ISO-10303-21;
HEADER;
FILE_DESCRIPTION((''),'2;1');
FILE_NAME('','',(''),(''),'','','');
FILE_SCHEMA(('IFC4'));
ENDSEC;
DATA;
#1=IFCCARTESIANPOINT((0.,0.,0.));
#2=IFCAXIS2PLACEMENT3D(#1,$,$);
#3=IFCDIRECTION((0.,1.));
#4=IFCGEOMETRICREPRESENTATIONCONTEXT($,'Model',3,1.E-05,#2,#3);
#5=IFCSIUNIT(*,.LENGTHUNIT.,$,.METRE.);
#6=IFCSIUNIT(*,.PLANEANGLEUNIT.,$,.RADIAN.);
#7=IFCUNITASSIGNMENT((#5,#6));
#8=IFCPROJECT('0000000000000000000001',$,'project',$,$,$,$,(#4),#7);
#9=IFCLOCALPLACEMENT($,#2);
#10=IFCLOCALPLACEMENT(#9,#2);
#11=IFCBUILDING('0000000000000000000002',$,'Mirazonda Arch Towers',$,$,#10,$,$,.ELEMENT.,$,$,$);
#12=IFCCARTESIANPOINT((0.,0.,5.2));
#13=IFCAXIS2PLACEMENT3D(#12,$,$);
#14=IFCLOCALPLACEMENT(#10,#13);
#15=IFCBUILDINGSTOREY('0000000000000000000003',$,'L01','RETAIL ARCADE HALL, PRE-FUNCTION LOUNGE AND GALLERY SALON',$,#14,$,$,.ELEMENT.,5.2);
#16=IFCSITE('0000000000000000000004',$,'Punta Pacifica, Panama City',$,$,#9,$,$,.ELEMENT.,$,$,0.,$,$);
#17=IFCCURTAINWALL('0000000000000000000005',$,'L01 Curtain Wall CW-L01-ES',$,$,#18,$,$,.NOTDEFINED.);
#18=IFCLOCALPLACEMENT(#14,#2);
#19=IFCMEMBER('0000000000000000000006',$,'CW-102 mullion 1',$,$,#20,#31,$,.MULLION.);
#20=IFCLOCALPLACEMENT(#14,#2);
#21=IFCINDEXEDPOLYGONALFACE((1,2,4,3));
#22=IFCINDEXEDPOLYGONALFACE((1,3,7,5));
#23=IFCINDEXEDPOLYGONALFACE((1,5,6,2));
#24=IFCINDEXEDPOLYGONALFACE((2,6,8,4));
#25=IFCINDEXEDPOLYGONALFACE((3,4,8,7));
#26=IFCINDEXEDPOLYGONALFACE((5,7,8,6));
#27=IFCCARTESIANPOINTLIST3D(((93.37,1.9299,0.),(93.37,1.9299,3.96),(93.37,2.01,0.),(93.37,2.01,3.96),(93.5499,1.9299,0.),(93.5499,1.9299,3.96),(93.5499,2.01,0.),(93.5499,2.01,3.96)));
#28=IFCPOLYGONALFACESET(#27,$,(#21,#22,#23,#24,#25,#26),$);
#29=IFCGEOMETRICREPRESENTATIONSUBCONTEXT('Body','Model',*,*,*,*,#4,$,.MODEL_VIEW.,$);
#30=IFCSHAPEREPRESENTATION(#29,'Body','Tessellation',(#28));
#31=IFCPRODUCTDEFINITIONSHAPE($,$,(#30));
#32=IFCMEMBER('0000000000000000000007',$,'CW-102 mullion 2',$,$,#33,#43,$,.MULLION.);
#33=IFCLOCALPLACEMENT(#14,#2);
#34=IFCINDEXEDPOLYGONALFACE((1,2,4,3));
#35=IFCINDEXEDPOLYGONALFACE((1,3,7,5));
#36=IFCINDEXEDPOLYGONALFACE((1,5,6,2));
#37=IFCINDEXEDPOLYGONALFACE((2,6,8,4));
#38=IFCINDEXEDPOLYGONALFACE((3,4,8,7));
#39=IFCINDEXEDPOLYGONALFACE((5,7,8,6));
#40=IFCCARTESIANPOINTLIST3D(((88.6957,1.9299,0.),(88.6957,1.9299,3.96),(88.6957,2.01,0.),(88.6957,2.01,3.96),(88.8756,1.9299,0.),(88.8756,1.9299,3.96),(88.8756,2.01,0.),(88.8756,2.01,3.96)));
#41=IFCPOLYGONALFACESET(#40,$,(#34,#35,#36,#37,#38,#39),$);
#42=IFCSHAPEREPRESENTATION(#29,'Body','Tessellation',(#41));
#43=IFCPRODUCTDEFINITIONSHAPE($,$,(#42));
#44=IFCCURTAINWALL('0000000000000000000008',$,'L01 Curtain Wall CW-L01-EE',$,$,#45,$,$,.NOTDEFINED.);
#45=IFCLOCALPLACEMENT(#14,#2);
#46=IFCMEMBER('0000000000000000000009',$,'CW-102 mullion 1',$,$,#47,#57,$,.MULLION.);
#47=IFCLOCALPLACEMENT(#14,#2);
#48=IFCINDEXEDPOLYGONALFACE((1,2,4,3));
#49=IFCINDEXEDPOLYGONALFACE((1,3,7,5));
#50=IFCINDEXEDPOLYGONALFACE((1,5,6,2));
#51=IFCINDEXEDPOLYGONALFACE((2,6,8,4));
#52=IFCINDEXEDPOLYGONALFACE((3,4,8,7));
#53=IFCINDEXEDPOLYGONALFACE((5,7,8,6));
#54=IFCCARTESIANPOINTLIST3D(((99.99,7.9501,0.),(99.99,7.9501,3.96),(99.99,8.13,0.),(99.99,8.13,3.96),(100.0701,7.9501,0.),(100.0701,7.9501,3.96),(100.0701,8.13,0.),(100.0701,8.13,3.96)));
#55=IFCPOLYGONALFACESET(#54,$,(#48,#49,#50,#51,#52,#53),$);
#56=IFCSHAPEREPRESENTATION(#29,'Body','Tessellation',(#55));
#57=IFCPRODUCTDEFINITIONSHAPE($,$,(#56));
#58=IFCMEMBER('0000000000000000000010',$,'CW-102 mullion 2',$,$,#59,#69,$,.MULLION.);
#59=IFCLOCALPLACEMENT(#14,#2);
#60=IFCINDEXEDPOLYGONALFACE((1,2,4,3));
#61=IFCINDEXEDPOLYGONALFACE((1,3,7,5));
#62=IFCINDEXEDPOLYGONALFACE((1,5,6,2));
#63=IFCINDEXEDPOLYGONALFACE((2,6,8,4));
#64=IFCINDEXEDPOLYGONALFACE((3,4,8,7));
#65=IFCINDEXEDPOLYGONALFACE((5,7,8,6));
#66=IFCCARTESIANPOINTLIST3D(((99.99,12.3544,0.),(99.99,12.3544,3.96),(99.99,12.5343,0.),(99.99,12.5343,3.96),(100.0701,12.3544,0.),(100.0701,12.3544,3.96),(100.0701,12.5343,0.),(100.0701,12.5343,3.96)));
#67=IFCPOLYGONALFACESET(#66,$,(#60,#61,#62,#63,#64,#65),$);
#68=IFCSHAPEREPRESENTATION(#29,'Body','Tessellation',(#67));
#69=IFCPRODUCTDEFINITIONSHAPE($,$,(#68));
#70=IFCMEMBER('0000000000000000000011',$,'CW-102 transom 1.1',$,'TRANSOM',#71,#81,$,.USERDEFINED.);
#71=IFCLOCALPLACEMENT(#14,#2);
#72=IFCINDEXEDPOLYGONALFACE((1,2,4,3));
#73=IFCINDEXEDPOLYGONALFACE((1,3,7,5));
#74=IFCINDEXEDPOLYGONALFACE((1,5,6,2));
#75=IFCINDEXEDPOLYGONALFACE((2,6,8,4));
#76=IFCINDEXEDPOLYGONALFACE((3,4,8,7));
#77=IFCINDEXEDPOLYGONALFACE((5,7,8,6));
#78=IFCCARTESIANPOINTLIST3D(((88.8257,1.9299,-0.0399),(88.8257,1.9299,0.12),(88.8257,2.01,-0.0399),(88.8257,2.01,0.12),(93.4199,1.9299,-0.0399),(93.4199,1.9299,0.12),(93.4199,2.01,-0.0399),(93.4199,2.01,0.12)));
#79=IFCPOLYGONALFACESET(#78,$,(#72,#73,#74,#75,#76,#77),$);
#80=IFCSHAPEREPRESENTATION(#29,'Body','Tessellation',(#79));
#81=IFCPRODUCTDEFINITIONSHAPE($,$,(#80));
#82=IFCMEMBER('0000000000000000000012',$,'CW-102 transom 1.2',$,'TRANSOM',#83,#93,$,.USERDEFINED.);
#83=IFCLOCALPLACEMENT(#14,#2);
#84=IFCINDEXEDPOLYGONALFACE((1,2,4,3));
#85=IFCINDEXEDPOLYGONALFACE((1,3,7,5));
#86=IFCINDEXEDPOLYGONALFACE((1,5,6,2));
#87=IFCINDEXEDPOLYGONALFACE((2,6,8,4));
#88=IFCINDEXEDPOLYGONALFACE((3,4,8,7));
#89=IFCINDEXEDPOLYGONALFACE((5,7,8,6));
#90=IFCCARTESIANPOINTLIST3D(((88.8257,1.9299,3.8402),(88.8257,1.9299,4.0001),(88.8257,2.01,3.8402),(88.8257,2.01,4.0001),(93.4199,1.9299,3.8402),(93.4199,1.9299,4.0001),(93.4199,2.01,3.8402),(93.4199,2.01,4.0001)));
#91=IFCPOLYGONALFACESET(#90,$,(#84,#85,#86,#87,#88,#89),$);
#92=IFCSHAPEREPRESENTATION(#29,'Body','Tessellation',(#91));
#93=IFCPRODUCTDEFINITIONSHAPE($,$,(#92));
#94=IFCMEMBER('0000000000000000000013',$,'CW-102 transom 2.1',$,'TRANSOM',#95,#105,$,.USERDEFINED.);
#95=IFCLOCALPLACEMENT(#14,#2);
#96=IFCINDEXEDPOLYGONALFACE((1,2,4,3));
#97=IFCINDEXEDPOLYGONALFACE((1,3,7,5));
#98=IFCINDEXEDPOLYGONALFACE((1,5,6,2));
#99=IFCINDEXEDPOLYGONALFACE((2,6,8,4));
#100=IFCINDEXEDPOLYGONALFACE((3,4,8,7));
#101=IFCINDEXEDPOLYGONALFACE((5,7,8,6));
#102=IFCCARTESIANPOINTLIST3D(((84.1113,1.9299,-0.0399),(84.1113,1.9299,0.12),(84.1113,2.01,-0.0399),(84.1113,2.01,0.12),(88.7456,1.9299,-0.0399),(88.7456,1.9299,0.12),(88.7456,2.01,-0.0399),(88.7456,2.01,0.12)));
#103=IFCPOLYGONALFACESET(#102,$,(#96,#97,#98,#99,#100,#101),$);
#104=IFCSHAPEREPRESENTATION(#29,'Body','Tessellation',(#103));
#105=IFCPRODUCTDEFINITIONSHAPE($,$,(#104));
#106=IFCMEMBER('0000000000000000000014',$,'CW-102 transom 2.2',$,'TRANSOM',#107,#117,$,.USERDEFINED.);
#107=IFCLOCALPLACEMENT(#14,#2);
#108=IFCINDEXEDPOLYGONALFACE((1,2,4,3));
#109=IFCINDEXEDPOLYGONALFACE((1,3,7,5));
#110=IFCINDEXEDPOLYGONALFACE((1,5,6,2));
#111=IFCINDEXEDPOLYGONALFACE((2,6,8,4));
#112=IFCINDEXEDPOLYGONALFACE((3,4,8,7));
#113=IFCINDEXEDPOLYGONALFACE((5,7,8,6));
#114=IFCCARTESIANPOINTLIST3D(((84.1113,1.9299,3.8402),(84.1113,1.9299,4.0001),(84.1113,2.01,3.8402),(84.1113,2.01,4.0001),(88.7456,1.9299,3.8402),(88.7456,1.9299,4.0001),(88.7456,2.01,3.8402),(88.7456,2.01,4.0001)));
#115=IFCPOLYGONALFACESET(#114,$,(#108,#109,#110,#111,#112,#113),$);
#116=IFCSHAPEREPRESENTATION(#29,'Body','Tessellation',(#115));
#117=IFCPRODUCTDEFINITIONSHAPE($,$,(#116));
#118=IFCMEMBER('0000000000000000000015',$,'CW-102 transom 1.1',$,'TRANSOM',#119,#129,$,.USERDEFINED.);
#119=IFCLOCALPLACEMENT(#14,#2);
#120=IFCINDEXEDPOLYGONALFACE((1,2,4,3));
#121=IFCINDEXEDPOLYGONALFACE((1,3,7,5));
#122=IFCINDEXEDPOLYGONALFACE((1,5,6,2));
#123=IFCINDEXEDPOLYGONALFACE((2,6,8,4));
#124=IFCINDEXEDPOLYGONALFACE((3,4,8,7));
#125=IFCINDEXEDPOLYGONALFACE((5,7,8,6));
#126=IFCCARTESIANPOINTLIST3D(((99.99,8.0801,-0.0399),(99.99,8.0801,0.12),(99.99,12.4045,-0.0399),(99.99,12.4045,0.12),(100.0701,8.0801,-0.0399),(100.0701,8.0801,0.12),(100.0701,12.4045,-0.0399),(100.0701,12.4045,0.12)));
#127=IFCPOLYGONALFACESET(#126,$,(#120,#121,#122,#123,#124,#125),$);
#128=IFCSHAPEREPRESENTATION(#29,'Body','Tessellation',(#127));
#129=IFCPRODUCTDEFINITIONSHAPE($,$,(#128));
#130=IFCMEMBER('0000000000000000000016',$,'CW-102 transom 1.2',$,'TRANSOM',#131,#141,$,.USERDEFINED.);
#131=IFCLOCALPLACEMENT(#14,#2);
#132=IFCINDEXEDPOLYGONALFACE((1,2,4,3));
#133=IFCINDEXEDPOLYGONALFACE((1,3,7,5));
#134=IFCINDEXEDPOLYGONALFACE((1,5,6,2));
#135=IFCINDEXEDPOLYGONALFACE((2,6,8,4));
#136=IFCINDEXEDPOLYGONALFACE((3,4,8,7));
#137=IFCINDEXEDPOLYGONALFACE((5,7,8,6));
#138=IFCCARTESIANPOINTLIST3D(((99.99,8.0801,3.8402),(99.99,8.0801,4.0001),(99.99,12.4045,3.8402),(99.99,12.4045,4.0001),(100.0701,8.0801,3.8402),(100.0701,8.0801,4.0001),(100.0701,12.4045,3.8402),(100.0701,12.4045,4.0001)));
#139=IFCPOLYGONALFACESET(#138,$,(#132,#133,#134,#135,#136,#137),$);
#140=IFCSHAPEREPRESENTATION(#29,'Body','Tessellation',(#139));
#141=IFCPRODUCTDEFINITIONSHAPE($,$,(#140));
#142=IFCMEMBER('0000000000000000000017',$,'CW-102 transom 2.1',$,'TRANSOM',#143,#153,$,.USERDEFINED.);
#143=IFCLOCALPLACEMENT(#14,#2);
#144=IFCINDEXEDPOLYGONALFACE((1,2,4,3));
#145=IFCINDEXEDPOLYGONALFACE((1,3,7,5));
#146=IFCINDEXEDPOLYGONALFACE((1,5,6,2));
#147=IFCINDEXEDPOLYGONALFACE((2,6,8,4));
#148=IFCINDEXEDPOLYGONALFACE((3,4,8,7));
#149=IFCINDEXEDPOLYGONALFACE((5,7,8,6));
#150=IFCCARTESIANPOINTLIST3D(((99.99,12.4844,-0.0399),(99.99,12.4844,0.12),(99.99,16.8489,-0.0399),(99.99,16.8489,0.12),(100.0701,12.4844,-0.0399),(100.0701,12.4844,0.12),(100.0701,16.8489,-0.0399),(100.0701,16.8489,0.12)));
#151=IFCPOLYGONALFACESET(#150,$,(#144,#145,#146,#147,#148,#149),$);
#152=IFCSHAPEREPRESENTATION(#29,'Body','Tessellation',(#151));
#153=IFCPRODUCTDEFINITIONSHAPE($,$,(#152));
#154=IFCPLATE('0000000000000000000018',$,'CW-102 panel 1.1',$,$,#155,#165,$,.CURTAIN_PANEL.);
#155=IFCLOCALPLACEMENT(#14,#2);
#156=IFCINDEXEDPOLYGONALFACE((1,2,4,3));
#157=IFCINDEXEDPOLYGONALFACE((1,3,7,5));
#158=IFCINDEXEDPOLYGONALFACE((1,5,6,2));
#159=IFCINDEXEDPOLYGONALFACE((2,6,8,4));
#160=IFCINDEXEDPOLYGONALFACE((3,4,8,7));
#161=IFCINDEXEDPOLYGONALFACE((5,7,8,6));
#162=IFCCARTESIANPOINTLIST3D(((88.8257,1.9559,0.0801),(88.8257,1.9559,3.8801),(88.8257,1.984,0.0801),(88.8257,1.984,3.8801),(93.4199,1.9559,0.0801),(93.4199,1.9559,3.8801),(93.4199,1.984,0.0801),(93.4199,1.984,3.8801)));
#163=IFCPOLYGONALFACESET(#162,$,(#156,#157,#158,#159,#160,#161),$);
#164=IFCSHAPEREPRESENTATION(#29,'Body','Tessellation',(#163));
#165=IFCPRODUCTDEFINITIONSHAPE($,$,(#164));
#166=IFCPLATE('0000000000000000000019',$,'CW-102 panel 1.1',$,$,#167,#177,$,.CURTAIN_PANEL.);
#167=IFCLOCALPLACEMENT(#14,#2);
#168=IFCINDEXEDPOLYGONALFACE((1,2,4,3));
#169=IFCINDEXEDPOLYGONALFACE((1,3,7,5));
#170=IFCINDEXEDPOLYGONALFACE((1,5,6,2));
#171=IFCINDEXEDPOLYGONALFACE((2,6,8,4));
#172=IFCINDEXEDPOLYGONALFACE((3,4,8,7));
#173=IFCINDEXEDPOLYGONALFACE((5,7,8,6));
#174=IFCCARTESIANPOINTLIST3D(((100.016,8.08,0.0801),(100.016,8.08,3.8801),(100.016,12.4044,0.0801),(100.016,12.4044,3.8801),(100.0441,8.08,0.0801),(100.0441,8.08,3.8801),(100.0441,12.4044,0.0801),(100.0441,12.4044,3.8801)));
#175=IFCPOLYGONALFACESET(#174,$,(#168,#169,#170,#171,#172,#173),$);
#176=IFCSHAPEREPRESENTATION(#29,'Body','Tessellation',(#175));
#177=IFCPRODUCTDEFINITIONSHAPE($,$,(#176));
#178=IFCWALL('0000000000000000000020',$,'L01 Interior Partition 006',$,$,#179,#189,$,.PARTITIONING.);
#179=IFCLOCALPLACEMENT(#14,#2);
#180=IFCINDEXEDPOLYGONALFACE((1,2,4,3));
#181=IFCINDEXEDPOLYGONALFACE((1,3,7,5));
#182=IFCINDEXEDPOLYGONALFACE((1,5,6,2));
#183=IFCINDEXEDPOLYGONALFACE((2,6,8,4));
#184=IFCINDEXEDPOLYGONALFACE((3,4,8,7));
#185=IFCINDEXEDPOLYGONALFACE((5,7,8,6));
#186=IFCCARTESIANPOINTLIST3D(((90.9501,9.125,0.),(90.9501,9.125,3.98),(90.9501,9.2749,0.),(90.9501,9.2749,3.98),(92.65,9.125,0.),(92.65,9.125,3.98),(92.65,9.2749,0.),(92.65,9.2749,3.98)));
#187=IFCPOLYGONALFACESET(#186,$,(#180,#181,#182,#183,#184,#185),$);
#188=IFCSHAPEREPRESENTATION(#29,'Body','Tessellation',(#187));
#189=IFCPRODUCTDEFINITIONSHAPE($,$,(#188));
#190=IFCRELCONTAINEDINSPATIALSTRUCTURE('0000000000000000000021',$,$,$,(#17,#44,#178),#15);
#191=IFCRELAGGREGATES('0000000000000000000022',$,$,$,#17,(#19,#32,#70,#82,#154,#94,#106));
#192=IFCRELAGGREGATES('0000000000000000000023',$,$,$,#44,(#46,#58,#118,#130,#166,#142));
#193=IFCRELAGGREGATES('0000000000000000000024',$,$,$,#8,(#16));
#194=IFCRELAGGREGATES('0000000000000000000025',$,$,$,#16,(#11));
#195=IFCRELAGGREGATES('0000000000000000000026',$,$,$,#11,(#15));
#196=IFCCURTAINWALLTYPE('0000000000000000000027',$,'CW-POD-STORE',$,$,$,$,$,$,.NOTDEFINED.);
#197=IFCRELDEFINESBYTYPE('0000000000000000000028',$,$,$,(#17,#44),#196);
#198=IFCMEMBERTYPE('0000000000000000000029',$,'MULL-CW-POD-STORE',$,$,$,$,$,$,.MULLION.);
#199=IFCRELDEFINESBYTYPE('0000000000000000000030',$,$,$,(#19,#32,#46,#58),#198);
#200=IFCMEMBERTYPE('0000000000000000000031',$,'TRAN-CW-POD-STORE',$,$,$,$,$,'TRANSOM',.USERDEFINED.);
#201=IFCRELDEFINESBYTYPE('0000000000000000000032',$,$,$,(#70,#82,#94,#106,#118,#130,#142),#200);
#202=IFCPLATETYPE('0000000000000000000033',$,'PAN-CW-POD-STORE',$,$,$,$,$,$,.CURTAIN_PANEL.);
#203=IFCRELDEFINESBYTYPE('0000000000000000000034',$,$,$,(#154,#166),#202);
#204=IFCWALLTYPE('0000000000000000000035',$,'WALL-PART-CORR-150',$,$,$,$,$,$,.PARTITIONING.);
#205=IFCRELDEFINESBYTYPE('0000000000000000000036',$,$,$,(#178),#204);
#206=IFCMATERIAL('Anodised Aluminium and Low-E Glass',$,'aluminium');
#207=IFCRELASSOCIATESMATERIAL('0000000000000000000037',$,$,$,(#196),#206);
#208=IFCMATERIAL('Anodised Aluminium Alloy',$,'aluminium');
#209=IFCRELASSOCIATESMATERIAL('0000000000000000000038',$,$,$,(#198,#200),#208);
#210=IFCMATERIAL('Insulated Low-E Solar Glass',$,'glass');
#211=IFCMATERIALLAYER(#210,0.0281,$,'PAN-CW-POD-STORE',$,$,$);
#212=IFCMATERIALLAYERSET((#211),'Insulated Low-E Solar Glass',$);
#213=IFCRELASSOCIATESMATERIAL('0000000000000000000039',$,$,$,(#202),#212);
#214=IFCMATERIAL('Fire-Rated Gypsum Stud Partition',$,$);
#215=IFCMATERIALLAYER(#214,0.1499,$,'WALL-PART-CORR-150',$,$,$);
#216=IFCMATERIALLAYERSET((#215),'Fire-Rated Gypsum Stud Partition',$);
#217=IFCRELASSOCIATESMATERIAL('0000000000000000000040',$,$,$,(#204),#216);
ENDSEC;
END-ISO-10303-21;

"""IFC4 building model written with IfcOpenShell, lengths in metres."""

from ifc_helpers import new_model, si_unit, direction, frame, frame_2d, origin, origin_2d, place, context, subcontext, project, spatial, rectangle, extrude, material, layer, layer_set, material_profile, profile_set, type_object, element, aggregate, save


model = new_model("IFC4")

# Units and contexts
model_context = context("Model", 3, precision=1e-05, world=origin(), true_north=direction((0.0, 1.0)))
body_context = subcontext(model_context, "Body", "Model", "MODEL_VIEW")
ifc_project = project(units=[si_unit("LENGTHUNIT", "METRE"), si_unit("PLANEANGLEUNIT", "RADIAN")], contexts=[model_context])

# Site, building, storey
site_placement = place(None, origin())
site = spatial("IfcSite", under=ifc_project, at=site_placement, Name="Punta Pacifica, Panama City", CompositionType="ELEMENT", RefElevation=0.0)
building_placement = place(site_placement, origin())
building = spatial("IfcBuilding", under=site, at=building_placement, Name="Mirazonda Arch Towers", CompositionType="ELEMENT")
storey_placement = place(building_placement, frame((0.0, 0.0, 5.2)))
storey = spatial("IfcBuildingStorey", under=building, at=storey_placement, Name="L01", Description="RETAIL ARCADE HALL, PRE-FUNCTION LOUNGE AND GALLERY SALON", CompositionType="ELEMENT", Elevation=5.2)

# Curtain walls, members
ifc_material_1 = material(Name="Anodised Aluminium and Low-E Glass", Category="aluminium")
curtain_wall_type = type_object("IfcCurtainWallType", Name="CW-POD-STORE", PredefinedType="NOTDEFINED", material=ifc_material_1)
curtain_wall_1_placement = place(storey_placement, origin())
curtain_wall_1 = element("IfcCurtainWall", 1, at=curtain_wall_1_placement, inside=storey, type_object=curtain_wall_type, Name="L01 Curtain Wall CW-L01-ES", PredefinedType="NOTDEFINED")
ifc_material_2 = material(Name="Anodised Aluminium Alloy", Category="aluminium")
ifc_material_profile_1 = material_profile(ifc_material_2, rectangle(XDim=0.0801, YDim=0.1799, at=origin_2d()), Name="ALU-MULL-80x180")
ifc_profile_set_1 = profile_set([ifc_material_profile_1], Name="Anodised Aluminium Alloy")
member_type_1 = type_object("IfcMemberType", Name="MULL-CW-POD-STORE", PredefinedType="MULLION", material=ifc_profile_set_1)
member_1_placement = place(storey_placement, frame((93.46, 1.97, 0.0), z_axis=(0.0, 0.0, 1.0), x_axis=(0.0, -1.0, 0.0)))
member_1 = element("IfcMember", 2, at=member_1_placement, type_object=member_type_1, Name="CW-102 mullion 1", PredefinedType="MULLION", context=body_context, shape_type="SweptSolid", body=[
    extrude(rectangle(XDim=0.0801, YDim=0.1799, at=origin_2d()), origin(), (0.0, 0.0, 1.0), 3.96),
])
member_2_placement = place(storey_placement, frame((88.7856, 1.97, 0.0), z_axis=(0.0, 0.0, 1.0), x_axis=(0.0, -1.0, 0.0)))
member_2 = element("IfcMember", 3, at=member_2_placement, type_object=member_type_1, Name="CW-102 mullion 2", PredefinedType="MULLION", context=body_context, shape_type="SweptSolid", body=[
    extrude(rectangle(XDim=0.0801, YDim=0.1799, at=origin_2d()), origin(), (0.0, 0.0, 1.0), 3.96),
])
curtain_wall_2_placement = place(storey_placement, origin())
curtain_wall_2 = element("IfcCurtainWall", 4, at=curtain_wall_2_placement, inside=storey, type_object=curtain_wall_type, Name="L01 Curtain Wall CW-L01-EE", PredefinedType="NOTDEFINED")
member_3_placement = place(storey_placement, frame((100.03, 8.04, 0.0), z_axis=(0.0, 0.0, 1.0), x_axis=(-1.0, 0.0, 0.0)))
member_3 = element("IfcMember", 5, at=member_3_placement, type_object=member_type_1, Name="CW-102 mullion 1", PredefinedType="MULLION", context=body_context, shape_type="SweptSolid", body=[
    extrude(rectangle(XDim=0.0801, YDim=0.1799, at=origin_2d()), origin(), (0.0, 0.0, 1.0), 3.96),
])
member_4_placement = place(storey_placement, frame((100.03, 12.4443, 0.0), z_axis=(0.0, 0.0, 1.0), x_axis=(-1.0, 0.0, 0.0)))
member_4 = element("IfcMember", 6, at=member_4_placement, type_object=member_type_1, Name="CW-102 mullion 2", PredefinedType="MULLION", context=body_context, shape_type="SweptSolid", body=[
    extrude(rectangle(XDim=0.0801, YDim=0.1799, at=origin_2d()), origin(), (0.0, 0.0, 1.0), 3.96),
])

# Members
ifc_material_profile_2 = material_profile(ifc_material_2, rectangle(XDim=0.0801, YDim=0.1599, at=origin_2d()), Name="ALU-TRAN-80x160")
ifc_profile_set_2 = profile_set([ifc_material_profile_2], Name="Anodised Aluminium Alloy")
member_type_2 = type_object("IfcMemberType", Name="TRAN-CW-POD-STORE", ElementType="TRANSOM", PredefinedType="USERDEFINED", material=ifc_profile_set_2)
member_5_placement = place(storey_placement, frame((93.4199, 1.97, 0.04), z_axis=(-1.0, 0.0, 0.0), x_axis=(0.0, -1.0, 0.0)))
member_5 = element("IfcMember", 7, at=member_5_placement, type_object=member_type_2, Name="CW-102 transom 1.1", ObjectType="TRANSOM", PredefinedType="USERDEFINED", context=body_context, shape_type="SweptSolid", body=[
    extrude(rectangle(XDim=0.0801, YDim=0.1599, at=origin_2d()), origin(), (0.0, 0.0, 1.0), 4.5942),
])
member_6_placement = place(storey_placement, frame((93.4199, 1.97, 3.9202), z_axis=(-1.0, 0.0, 0.0), x_axis=(0.0, -1.0, 0.0)))
member_6 = element("IfcMember", 8, at=member_6_placement, type_object=member_type_2, Name="CW-102 transom 1.2", ObjectType="TRANSOM", PredefinedType="USERDEFINED", context=body_context, shape_type="SweptSolid", body=[
    extrude(rectangle(XDim=0.0801, YDim=0.1599, at=origin_2d()), origin(), (0.0, 0.0, 1.0), 4.5942),
])
member_7_placement = place(storey_placement, frame((88.7456, 1.97, 0.04), z_axis=(-1.0, 0.0, 0.0), x_axis=(0.0, -1.0, 0.0)))
member_7 = element("IfcMember", 9, at=member_7_placement, type_object=member_type_2, Name="CW-102 transom 2.1", ObjectType="TRANSOM", PredefinedType="USERDEFINED", context=body_context, shape_type="SweptSolid", body=[
    extrude(rectangle(XDim=0.0801, YDim=0.1599, at=origin_2d()), origin(), (0.0, 0.0, 1.0), 4.6343),
])
member_8_placement = place(storey_placement, frame((88.7456, 1.97, 3.9202), z_axis=(-1.0, 0.0, 0.0), x_axis=(0.0, -1.0, 0.0)))
member_8 = element("IfcMember", 10, at=member_8_placement, type_object=member_type_2, Name="CW-102 transom 2.2", ObjectType="TRANSOM", PredefinedType="USERDEFINED", context=body_context, shape_type="SweptSolid", body=[
    extrude(rectangle(XDim=0.0801, YDim=0.1599, at=origin_2d()), origin(), (0.0, 0.0, 1.0), 4.6343),
])
member_9_placement = place(storey_placement, frame((100.03, 8.0801, 0.04), z_axis=(0.0, 1.0, 0.0), x_axis=(-1.0, 0.0, 0.0)))
member_9 = element("IfcMember", 11, at=member_9_placement, type_object=member_type_2, Name="CW-102 transom 1.1", ObjectType="TRANSOM", PredefinedType="USERDEFINED", context=body_context, shape_type="SweptSolid", body=[
    extrude(rectangle(XDim=0.0801, YDim=0.1599, at=origin_2d()), origin(), (0.0, 0.0, 1.0), 4.3245),
])
member_10_placement = place(storey_placement, frame((100.03, 8.0801, 3.9202), z_axis=(0.0, 1.0, 0.0), x_axis=(-1.0, 0.0, 0.0)))
member_10 = element("IfcMember", 12, at=member_10_placement, type_object=member_type_2, Name="CW-102 transom 1.2", ObjectType="TRANSOM", PredefinedType="USERDEFINED", context=body_context, shape_type="SweptSolid", body=[
    extrude(rectangle(XDim=0.0801, YDim=0.1599, at=origin_2d()), origin(), (0.0, 0.0, 1.0), 4.3245),
])
member_11_placement = place(storey_placement, frame((100.03, 12.4844, 0.04), z_axis=(0.0, 1.0, 0.0), x_axis=(-1.0, 0.0, 0.0)))
member_11 = element("IfcMember", 13, at=member_11_placement, type_object=member_type_2, Name="CW-102 transom 2.1", ObjectType="TRANSOM", PredefinedType="USERDEFINED", context=body_context, shape_type="SweptSolid", body=[
    extrude(rectangle(XDim=0.0801, YDim=0.1599, at=origin_2d()), origin(), (0.0, 0.0, 1.0), 4.3645),
])

# Plates
ifc_material_3 = material(Name="Insulated Low-E Solar Glass", Category="glass")
ifc_layer_1 = layer(ifc_material_3, 0.0281, Name="PAN-CW-POD-STORE")
ifc_layer_set_1 = layer_set([ifc_layer_1], Name="Insulated Low-E Solar Glass")
plate_type = type_object("IfcPlateType", Name="PAN-CW-POD-STORE", PredefinedType="CURTAIN_PANEL", material=ifc_layer_set_1)
plate_1_placement = place(storey_placement, frame((91.1228, 1.97, 0.0801), z_axis=(0.0, 0.0, 1.0), x_axis=(-1.0, 0.0, 0.0)))
plate_1 = element("IfcPlate", 14, at=plate_1_placement, type_object=plate_type, Name="CW-102 panel 1.1", PredefinedType="CURTAIN_PANEL", context=body_context, shape_type="SweptSolid", body=[
    extrude(rectangle(XDim=4.5942, YDim=0.0281, at=origin_2d()), origin(), (0.0, 0.0, 1.0), 3.8),
])
aggregate(curtain_wall_1, [member_1, member_2, member_5, member_6, plate_1, member_7, member_8])
plate_2_placement = place(storey_placement, frame((100.03, 10.2422, 0.0801), z_axis=(0.0, 0.0, 1.0), x_axis=(0.0, 1.0, 0.0)))
plate_2 = element("IfcPlate", 15, at=plate_2_placement, type_object=plate_type, Name="CW-102 panel 1.1", PredefinedType="CURTAIN_PANEL", context=body_context, shape_type="SweptSolid", body=[
    extrude(rectangle(XDim=4.3245, YDim=0.0281, at=origin_2d()), origin(), (0.0, 0.0, 1.0), 3.8),
])
aggregate(curtain_wall_2, [member_3, member_4, member_9, member_10, plate_2, member_11])

# Wall
ifc_material_4 = material(Name="Fire-Rated Gypsum Stud Partition")
ifc_layer_2 = layer(ifc_material_4, 0.1499, Name="WALL-PART-CORR-150")
ifc_layer_set_2 = layer_set([ifc_layer_2], Name="Fire-Rated Gypsum Stud Partition")
wall_type = type_object("IfcWallType", Name="WALL-PART-CORR-150", PredefinedType="PARTITIONING", material=ifc_layer_set_2)
wall_1_placement = place(storey_placement, frame((90.95, 9.2, 0.0), z_axis=(0.0, 0.0, 1.0), x_axis=(1.0, 0.0, 0.0)))
element("IfcWall", 16, at=wall_1_placement, inside=storey, type_object=wall_type, Name="L01 Interior Partition 006", PredefinedType="PARTITIONING", context=body_context, shape_type="SweptSolid", body=[
    extrude(rectangle(XDim=1.7, YDim=0.1499, at=frame_2d((0.8501, 0.0))), origin(), (0.0, 0.0, 1.0), 3.98),
])

save(model, "model.ifc")
